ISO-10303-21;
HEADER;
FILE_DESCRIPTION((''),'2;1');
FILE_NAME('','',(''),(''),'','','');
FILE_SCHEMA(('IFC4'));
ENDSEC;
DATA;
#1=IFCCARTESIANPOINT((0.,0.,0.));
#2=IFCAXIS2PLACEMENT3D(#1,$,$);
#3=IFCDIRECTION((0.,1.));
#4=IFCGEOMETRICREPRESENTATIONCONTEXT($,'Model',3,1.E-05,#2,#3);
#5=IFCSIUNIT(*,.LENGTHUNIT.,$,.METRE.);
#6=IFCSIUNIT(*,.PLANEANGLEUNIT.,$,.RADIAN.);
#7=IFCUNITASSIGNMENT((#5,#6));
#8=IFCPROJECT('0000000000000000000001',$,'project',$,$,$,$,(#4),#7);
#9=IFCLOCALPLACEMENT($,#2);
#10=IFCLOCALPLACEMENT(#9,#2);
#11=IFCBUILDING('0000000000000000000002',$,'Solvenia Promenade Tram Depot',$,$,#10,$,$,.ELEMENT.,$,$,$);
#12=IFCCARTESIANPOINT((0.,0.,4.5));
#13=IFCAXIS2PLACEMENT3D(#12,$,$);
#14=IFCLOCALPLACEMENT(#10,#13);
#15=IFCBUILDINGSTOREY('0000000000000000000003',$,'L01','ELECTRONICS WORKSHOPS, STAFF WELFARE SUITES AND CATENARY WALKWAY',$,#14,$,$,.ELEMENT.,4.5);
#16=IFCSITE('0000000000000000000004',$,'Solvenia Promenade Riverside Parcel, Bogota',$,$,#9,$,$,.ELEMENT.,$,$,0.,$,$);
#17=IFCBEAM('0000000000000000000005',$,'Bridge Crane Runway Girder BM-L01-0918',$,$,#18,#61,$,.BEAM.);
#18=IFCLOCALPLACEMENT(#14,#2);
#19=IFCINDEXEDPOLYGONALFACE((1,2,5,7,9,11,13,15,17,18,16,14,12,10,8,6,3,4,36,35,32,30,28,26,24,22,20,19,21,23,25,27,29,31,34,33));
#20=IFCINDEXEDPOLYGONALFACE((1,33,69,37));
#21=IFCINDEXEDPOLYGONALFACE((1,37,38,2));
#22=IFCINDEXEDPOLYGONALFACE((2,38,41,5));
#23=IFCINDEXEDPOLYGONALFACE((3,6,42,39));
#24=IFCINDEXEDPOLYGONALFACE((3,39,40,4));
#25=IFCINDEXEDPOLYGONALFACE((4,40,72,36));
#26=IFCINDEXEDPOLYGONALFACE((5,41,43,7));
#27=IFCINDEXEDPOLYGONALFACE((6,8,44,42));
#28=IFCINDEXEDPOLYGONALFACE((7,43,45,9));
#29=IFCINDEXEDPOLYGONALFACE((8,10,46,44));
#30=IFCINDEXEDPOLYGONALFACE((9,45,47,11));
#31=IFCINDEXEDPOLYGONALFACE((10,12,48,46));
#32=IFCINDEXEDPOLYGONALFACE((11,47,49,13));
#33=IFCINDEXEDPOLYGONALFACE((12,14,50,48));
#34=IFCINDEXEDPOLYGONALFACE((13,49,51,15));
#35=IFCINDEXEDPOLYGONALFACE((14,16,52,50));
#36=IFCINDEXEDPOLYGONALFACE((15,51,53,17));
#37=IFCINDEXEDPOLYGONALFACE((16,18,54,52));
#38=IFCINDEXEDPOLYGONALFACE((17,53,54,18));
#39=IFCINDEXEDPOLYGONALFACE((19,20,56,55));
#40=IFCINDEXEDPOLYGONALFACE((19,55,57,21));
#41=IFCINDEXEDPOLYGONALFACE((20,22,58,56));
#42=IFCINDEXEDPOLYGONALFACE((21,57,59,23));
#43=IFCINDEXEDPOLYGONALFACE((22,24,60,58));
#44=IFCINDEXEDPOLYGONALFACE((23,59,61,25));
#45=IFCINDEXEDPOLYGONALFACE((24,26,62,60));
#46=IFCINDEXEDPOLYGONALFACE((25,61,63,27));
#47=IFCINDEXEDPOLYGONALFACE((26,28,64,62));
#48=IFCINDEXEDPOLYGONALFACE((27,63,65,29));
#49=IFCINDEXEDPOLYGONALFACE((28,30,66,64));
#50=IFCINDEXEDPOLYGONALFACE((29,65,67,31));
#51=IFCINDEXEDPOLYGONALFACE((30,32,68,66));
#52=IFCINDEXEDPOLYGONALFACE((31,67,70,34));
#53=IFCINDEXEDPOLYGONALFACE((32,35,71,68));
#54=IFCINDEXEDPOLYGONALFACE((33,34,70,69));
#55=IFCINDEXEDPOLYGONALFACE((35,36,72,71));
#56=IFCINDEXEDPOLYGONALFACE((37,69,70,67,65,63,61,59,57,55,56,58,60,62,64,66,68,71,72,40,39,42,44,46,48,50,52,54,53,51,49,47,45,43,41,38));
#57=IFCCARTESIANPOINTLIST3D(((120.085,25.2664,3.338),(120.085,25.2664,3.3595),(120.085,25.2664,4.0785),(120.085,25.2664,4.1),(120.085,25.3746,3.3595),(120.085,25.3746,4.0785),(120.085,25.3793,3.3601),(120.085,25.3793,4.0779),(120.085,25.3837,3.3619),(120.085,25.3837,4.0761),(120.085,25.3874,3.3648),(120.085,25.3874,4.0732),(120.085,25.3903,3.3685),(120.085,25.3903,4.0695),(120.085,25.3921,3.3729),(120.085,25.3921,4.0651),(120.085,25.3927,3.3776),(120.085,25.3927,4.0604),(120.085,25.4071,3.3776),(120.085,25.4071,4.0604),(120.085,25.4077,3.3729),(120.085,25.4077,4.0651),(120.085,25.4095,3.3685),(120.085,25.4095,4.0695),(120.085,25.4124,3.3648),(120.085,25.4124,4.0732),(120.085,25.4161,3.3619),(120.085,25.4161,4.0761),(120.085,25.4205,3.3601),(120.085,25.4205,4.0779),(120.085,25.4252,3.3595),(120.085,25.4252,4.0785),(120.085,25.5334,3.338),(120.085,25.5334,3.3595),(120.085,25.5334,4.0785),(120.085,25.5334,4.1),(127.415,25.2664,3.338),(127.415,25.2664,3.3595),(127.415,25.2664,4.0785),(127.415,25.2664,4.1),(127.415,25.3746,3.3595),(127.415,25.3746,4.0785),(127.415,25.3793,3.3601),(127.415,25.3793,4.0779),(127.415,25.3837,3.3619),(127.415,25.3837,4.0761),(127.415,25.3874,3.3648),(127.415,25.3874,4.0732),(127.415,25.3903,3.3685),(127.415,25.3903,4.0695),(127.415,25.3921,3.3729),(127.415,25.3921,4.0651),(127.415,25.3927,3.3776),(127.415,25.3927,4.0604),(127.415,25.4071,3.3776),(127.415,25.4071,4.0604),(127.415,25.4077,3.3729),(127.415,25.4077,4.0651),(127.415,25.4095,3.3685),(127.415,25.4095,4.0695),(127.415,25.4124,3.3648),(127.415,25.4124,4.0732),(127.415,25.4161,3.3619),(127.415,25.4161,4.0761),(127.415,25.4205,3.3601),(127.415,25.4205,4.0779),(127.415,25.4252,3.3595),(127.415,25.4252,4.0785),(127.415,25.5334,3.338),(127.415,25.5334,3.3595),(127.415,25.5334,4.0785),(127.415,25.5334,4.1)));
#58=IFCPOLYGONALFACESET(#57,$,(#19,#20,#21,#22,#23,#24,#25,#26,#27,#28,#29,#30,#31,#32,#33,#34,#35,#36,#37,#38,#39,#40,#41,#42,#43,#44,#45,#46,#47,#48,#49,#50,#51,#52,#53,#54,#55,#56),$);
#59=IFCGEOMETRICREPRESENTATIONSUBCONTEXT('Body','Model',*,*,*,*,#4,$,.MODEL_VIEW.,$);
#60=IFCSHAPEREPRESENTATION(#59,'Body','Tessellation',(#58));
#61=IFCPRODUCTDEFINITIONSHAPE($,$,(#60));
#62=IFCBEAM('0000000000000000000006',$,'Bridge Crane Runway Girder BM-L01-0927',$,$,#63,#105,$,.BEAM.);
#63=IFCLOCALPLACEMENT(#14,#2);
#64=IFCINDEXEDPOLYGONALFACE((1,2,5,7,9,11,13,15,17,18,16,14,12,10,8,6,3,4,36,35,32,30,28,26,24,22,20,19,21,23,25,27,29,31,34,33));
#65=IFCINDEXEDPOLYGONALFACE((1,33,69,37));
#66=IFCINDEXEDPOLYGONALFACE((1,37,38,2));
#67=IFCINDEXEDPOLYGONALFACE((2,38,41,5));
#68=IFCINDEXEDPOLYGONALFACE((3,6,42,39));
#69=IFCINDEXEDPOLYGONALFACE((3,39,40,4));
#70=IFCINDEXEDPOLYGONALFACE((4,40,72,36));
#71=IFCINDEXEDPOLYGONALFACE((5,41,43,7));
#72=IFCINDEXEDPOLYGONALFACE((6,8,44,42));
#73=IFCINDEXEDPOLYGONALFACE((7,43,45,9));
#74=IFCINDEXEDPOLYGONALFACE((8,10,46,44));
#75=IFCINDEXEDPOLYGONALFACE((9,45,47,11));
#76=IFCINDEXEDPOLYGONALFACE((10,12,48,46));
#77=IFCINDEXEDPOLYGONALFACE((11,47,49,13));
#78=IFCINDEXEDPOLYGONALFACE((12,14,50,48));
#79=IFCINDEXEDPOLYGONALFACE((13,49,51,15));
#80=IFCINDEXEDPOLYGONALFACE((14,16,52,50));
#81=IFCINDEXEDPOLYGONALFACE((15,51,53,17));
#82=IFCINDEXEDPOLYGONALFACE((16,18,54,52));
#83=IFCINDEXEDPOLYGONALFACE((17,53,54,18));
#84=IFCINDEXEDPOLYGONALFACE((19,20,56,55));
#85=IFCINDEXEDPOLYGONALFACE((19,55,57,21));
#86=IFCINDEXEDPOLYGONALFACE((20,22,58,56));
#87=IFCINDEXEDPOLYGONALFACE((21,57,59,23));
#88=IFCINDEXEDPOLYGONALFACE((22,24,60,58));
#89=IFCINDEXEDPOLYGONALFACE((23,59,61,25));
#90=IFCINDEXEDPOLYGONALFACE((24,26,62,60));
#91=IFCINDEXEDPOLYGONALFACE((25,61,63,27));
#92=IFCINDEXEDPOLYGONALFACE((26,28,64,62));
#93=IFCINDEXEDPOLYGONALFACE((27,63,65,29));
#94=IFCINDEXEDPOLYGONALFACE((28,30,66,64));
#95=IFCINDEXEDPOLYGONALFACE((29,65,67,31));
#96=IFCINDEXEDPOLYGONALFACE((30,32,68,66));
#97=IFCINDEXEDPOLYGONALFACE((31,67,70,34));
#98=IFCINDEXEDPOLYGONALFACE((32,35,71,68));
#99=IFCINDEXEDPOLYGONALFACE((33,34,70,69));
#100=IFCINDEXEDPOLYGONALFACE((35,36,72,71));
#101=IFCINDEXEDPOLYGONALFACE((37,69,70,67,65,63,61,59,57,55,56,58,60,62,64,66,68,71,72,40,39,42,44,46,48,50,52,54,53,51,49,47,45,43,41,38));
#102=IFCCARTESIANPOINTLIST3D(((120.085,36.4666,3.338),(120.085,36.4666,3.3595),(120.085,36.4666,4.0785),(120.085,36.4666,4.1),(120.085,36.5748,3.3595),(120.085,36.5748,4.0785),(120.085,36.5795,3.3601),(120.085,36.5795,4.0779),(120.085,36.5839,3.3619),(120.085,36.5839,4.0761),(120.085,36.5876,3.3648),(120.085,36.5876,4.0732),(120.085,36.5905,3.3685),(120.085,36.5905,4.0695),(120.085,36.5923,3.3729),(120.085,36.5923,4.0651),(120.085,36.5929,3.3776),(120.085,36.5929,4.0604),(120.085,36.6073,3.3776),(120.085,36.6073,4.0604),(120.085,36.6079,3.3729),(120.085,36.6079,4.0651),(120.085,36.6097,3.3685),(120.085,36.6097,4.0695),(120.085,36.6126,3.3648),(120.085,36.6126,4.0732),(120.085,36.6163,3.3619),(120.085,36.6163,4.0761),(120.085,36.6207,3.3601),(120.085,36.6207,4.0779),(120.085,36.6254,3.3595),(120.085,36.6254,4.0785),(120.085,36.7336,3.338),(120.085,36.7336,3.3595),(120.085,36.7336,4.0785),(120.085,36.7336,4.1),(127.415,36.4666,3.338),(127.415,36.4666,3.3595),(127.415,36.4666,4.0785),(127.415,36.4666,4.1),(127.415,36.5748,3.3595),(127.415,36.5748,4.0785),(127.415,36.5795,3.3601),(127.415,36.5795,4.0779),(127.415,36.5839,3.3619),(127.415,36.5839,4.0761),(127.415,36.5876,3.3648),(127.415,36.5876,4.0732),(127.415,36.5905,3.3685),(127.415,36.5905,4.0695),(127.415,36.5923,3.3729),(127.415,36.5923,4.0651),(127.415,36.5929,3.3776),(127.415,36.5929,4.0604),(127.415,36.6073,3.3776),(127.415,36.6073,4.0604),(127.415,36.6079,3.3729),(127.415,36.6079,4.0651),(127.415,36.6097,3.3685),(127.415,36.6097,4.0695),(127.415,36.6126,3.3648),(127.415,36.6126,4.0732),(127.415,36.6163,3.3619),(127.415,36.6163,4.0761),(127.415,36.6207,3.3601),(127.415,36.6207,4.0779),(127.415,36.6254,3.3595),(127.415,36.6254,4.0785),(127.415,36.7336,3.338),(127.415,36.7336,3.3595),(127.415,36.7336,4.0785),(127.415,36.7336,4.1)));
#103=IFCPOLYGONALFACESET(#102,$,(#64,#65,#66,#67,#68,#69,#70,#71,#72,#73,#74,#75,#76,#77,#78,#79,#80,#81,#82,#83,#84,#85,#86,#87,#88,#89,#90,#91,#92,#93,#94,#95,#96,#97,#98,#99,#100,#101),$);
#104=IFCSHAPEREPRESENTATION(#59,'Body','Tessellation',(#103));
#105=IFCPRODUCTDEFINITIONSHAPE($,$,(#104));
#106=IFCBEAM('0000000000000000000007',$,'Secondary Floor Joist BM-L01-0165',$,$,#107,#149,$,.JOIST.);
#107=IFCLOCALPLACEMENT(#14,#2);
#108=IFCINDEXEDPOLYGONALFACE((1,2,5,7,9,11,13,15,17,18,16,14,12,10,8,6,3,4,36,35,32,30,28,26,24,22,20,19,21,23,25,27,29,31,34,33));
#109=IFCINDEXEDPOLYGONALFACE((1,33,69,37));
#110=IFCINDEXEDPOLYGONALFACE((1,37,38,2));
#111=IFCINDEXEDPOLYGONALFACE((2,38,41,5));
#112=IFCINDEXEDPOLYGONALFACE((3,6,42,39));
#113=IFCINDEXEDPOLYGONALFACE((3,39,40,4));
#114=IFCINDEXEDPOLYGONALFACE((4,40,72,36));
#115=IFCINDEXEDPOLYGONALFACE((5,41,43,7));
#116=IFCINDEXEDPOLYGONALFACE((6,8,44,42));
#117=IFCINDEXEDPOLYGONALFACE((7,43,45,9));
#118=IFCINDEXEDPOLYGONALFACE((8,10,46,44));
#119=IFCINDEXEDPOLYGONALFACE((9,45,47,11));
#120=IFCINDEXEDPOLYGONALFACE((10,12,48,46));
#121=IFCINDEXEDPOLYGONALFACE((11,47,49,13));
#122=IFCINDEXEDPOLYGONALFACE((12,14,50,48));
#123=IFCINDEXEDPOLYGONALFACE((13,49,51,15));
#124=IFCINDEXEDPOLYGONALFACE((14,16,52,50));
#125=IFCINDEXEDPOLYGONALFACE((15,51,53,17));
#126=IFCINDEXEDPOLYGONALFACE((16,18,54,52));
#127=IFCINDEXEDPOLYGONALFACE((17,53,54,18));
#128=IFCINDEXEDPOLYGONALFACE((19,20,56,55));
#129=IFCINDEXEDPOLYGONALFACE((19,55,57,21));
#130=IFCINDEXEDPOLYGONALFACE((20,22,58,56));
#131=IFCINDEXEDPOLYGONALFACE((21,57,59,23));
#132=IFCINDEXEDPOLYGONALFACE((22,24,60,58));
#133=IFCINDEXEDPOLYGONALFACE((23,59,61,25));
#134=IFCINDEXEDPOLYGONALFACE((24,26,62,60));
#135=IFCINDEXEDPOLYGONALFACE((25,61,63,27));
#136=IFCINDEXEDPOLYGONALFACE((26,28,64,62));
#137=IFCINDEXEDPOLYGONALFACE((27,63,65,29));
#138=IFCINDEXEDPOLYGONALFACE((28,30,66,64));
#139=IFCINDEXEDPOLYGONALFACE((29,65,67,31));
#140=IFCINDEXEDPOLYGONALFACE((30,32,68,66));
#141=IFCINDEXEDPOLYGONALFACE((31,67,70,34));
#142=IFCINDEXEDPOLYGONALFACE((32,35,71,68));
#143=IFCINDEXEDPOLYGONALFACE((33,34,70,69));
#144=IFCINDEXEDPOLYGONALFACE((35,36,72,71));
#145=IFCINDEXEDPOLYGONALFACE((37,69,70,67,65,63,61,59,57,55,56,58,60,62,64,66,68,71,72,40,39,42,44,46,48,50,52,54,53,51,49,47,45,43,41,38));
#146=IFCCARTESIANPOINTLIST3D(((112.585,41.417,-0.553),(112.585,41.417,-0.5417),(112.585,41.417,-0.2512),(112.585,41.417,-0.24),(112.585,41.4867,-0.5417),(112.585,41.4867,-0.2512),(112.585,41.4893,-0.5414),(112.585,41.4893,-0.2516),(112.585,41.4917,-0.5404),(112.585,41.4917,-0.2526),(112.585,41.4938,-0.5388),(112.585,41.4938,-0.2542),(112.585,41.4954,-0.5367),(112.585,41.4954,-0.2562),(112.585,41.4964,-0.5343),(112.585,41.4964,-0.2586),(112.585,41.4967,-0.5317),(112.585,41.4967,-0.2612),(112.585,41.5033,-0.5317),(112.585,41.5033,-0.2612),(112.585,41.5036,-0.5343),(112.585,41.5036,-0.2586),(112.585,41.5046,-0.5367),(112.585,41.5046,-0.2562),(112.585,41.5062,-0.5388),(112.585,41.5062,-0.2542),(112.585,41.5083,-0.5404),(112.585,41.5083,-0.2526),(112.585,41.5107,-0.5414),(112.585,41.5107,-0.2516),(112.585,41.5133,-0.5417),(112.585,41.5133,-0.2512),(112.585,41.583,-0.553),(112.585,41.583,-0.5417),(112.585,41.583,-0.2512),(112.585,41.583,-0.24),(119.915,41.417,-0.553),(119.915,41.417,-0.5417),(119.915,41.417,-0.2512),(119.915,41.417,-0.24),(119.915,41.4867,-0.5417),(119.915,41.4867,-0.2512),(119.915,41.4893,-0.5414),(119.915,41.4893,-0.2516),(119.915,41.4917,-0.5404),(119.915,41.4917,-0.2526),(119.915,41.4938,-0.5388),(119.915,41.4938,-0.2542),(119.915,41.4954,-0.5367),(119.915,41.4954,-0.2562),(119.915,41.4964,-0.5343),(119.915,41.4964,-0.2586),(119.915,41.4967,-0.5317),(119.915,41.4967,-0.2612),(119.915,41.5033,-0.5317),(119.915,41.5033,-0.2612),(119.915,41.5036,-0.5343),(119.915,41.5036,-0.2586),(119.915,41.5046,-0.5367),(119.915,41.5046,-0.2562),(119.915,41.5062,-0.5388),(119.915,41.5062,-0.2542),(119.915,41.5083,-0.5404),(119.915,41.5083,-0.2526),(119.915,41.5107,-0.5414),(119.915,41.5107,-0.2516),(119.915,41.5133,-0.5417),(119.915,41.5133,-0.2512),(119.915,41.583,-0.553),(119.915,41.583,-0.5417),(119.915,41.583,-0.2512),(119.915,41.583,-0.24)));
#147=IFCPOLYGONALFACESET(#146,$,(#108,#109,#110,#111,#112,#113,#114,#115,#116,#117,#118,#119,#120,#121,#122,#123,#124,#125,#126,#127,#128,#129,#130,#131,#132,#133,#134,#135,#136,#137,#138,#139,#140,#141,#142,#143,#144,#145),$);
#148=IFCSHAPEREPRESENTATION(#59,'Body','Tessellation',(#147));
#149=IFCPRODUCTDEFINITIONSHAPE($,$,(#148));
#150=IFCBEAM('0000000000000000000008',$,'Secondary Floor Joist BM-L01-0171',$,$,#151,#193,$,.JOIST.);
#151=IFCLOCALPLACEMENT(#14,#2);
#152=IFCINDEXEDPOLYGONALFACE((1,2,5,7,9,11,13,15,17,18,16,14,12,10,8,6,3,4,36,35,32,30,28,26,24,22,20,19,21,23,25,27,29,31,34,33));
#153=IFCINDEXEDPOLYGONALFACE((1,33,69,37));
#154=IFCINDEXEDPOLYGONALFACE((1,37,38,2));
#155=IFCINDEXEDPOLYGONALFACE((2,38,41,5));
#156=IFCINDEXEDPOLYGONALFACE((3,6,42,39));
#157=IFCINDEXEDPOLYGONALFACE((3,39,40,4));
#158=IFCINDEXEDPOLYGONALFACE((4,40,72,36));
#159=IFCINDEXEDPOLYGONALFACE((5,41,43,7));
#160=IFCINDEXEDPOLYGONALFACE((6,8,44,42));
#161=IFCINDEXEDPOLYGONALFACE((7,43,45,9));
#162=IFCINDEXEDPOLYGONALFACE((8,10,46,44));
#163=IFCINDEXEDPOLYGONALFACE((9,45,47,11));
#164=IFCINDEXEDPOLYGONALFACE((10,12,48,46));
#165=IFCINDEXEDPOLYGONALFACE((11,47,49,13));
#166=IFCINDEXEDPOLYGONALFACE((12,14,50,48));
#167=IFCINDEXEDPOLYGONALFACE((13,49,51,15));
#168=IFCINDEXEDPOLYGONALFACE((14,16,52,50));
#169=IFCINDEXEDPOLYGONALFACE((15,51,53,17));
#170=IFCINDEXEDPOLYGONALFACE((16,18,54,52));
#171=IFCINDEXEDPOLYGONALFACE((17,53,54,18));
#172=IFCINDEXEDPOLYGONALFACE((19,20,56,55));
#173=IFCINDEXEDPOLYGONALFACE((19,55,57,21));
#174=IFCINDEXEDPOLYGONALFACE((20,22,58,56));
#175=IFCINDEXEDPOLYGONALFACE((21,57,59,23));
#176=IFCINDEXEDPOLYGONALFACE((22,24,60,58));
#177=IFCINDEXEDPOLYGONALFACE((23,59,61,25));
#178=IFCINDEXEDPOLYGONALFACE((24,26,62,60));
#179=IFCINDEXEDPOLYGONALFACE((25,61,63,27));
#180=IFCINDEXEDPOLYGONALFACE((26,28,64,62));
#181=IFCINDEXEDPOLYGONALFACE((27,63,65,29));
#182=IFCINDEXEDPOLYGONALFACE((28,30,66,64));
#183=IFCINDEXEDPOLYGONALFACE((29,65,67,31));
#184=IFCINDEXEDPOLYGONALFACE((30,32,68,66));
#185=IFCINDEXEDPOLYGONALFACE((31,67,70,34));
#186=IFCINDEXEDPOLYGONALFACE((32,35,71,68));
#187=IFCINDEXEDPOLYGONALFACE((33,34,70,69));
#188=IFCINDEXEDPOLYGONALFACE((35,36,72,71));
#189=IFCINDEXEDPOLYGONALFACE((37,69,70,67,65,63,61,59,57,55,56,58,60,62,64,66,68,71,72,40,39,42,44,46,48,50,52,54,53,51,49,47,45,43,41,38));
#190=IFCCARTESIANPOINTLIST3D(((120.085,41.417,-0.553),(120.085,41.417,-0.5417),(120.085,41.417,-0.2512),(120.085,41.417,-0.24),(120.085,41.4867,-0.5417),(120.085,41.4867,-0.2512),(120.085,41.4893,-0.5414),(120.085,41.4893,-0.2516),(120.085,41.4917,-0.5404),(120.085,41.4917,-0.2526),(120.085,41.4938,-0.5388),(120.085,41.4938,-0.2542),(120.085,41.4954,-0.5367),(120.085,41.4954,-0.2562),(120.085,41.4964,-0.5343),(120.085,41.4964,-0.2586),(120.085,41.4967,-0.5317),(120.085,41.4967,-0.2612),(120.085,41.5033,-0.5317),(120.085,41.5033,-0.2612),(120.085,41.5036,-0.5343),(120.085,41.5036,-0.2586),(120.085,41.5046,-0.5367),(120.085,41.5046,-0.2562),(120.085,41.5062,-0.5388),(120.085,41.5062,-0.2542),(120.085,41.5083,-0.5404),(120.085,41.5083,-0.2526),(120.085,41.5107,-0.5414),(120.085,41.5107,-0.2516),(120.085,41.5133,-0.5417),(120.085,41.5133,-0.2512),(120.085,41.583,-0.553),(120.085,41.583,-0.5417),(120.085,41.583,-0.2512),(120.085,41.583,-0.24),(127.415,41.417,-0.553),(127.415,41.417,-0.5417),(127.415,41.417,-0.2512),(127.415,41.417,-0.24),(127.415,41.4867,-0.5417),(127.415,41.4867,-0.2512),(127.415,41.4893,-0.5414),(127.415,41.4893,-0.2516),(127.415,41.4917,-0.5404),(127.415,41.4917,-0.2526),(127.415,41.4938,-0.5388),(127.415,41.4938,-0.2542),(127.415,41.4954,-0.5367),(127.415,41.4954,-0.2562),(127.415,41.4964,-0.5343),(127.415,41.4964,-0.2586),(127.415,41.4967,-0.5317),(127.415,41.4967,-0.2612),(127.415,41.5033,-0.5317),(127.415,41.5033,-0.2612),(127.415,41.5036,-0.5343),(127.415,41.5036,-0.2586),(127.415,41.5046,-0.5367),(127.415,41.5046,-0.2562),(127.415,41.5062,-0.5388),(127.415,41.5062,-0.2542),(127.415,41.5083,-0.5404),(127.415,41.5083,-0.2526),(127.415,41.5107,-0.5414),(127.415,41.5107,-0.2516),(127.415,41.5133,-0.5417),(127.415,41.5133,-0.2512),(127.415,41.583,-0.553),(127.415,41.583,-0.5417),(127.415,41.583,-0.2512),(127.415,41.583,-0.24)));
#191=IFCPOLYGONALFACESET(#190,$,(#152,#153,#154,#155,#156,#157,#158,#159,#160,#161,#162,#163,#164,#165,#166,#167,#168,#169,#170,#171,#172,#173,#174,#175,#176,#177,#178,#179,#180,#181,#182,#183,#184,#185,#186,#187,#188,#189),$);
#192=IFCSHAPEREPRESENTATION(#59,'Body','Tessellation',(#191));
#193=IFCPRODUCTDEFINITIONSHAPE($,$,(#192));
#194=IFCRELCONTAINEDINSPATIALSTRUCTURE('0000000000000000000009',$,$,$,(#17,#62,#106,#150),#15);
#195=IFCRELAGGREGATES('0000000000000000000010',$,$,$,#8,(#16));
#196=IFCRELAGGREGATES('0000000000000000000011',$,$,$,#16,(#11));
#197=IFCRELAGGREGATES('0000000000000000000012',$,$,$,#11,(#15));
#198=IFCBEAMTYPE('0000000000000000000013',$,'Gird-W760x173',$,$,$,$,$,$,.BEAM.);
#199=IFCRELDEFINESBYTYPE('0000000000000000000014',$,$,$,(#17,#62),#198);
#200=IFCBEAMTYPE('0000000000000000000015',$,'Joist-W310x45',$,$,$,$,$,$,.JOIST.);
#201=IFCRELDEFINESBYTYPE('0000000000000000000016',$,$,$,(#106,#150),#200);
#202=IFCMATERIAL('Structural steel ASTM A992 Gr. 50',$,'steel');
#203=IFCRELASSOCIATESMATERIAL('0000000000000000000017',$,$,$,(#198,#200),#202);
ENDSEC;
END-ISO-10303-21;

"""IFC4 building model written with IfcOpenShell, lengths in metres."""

from ifc_helpers import new_model, si_unit, direction, frame, origin, origin_2d, place, context, subcontext, project, spatial, i_section, extrude, material, material_profile, profile_set, type_object, element, save


model = new_model("IFC4")

# Units and contexts
model_context = context("Model", 3, precision=1e-05, world=origin(), true_north=direction((0.0, 1.0)))
body_context = subcontext(model_context, "Body", "Model", "MODEL_VIEW")
ifc_project = project(units=[si_unit("LENGTHUNIT", "METRE"), si_unit("PLANEANGLEUNIT", "RADIAN")], contexts=[model_context])

# Site, building, storey
site_placement = place(None, origin())
site = spatial("IfcSite", under=ifc_project, at=site_placement, Name="Solvenia Promenade Riverside Parcel, Bogota", CompositionType="ELEMENT", RefElevation=0.0)
building_placement = place(site_placement, origin())
building = spatial("IfcBuilding", under=site, at=building_placement, Name="Solvenia Promenade Tram Depot", CompositionType="ELEMENT")
storey_placement = place(building_placement, frame((0.0, 0.0, 4.5)))
storey = spatial("IfcBuildingStorey", under=building, at=storey_placement, Name="L01", Description="ELECTRONICS WORKSHOPS, STAFF WELFARE SUITES AND CATENARY WALKWAY", CompositionType="ELEMENT", Elevation=4.5)

# Shared definitions
ifc_material_1 = material(Name="Structural steel ASTM A992 Gr. 50", Category="steel")

# Beams
ifc_material_profile_1 = material_profile(ifc_material_1, i_section(OverallWidth=0.2671, OverallDepth=0.762, WebThickness=0.0144, FlangeThickness=0.0215, FilletRadius=0.0181, at=origin_2d()), Name="W760x173", Category="steel")
ifc_profile_set_1 = profile_set([ifc_material_profile_1], Name="Structural steel ASTM A992 Gr. 50")
beam_type_1 = type_object("IfcBeamType", Name="Gird-W760x173", PredefinedType="BEAM", material=ifc_profile_set_1)
for number, where, z_axis, x_axis, name in (
    (1, (120.085, 25.3999, 3.719), (1.0, 0.0, 0.0), (0.0, 1.0, 0.0), "Bridge Crane Runway Girder BM-L01-0918"),
    (2, (120.085, 36.6001, 3.719), (1.0, 0.0, 0.0), (0.0, 1.0, 0.0), "Bridge Crane Runway Girder BM-L01-0927"),
):
    element("IfcBeam", number, at=place(storey_placement, frame(where, z_axis=z_axis, x_axis=x_axis)), inside=storey, type_object=beam_type_1, Name=name, PredefinedType="BEAM", context=body_context, shape_type="SweptSolid", body=[
        extrude(i_section(OverallWidth=0.2671, OverallDepth=0.762, WebThickness=0.0144, FlangeThickness=0.0215, FilletRadius=0.0181, at=origin_2d()), origin(), (0.0, 0.0, 1.0), 7.3301),
    ])
ifc_material_profile_2 = material_profile(ifc_material_1, i_section(OverallWidth=0.166, OverallDepth=0.313, WebThickness=0.0066, FlangeThickness=0.0112, FilletRadius=0.01, at=origin_2d()), Name="W310x45", Category="steel")
ifc_profile_set_2 = profile_set([ifc_material_profile_2], Name="Structural steel ASTM A992 Gr. 50")
beam_type_2 = type_object("IfcBeamType", Name="Joist-W310x45", PredefinedType="JOIST", material=ifc_profile_set_2)
for number, where, z_axis, x_axis, name in (
    (3, (112.585, 41.5, -0.3965), (1.0, 0.0, 0.0), (0.0, 1.0, 0.0), "Secondary Floor Joist BM-L01-0165"),
    (4, (120.085, 41.5, -0.3965), (1.0, 0.0, 0.0), (0.0, 1.0, 0.0), "Secondary Floor Joist BM-L01-0171"),
):
    element("IfcBeam", number, at=place(storey_placement, frame(where, z_axis=z_axis, x_axis=x_axis)), inside=storey, type_object=beam_type_2, Name=name, PredefinedType="JOIST", context=body_context, shape_type="SweptSolid", body=[
        extrude(i_section(OverallWidth=0.166, OverallDepth=0.313, WebThickness=0.0066, FlangeThickness=0.0112, FilletRadius=0.01, at=origin_2d()), origin(), (0.0, 0.0, 1.0), 7.3301),
    ])

save(model, "model.ifc")
